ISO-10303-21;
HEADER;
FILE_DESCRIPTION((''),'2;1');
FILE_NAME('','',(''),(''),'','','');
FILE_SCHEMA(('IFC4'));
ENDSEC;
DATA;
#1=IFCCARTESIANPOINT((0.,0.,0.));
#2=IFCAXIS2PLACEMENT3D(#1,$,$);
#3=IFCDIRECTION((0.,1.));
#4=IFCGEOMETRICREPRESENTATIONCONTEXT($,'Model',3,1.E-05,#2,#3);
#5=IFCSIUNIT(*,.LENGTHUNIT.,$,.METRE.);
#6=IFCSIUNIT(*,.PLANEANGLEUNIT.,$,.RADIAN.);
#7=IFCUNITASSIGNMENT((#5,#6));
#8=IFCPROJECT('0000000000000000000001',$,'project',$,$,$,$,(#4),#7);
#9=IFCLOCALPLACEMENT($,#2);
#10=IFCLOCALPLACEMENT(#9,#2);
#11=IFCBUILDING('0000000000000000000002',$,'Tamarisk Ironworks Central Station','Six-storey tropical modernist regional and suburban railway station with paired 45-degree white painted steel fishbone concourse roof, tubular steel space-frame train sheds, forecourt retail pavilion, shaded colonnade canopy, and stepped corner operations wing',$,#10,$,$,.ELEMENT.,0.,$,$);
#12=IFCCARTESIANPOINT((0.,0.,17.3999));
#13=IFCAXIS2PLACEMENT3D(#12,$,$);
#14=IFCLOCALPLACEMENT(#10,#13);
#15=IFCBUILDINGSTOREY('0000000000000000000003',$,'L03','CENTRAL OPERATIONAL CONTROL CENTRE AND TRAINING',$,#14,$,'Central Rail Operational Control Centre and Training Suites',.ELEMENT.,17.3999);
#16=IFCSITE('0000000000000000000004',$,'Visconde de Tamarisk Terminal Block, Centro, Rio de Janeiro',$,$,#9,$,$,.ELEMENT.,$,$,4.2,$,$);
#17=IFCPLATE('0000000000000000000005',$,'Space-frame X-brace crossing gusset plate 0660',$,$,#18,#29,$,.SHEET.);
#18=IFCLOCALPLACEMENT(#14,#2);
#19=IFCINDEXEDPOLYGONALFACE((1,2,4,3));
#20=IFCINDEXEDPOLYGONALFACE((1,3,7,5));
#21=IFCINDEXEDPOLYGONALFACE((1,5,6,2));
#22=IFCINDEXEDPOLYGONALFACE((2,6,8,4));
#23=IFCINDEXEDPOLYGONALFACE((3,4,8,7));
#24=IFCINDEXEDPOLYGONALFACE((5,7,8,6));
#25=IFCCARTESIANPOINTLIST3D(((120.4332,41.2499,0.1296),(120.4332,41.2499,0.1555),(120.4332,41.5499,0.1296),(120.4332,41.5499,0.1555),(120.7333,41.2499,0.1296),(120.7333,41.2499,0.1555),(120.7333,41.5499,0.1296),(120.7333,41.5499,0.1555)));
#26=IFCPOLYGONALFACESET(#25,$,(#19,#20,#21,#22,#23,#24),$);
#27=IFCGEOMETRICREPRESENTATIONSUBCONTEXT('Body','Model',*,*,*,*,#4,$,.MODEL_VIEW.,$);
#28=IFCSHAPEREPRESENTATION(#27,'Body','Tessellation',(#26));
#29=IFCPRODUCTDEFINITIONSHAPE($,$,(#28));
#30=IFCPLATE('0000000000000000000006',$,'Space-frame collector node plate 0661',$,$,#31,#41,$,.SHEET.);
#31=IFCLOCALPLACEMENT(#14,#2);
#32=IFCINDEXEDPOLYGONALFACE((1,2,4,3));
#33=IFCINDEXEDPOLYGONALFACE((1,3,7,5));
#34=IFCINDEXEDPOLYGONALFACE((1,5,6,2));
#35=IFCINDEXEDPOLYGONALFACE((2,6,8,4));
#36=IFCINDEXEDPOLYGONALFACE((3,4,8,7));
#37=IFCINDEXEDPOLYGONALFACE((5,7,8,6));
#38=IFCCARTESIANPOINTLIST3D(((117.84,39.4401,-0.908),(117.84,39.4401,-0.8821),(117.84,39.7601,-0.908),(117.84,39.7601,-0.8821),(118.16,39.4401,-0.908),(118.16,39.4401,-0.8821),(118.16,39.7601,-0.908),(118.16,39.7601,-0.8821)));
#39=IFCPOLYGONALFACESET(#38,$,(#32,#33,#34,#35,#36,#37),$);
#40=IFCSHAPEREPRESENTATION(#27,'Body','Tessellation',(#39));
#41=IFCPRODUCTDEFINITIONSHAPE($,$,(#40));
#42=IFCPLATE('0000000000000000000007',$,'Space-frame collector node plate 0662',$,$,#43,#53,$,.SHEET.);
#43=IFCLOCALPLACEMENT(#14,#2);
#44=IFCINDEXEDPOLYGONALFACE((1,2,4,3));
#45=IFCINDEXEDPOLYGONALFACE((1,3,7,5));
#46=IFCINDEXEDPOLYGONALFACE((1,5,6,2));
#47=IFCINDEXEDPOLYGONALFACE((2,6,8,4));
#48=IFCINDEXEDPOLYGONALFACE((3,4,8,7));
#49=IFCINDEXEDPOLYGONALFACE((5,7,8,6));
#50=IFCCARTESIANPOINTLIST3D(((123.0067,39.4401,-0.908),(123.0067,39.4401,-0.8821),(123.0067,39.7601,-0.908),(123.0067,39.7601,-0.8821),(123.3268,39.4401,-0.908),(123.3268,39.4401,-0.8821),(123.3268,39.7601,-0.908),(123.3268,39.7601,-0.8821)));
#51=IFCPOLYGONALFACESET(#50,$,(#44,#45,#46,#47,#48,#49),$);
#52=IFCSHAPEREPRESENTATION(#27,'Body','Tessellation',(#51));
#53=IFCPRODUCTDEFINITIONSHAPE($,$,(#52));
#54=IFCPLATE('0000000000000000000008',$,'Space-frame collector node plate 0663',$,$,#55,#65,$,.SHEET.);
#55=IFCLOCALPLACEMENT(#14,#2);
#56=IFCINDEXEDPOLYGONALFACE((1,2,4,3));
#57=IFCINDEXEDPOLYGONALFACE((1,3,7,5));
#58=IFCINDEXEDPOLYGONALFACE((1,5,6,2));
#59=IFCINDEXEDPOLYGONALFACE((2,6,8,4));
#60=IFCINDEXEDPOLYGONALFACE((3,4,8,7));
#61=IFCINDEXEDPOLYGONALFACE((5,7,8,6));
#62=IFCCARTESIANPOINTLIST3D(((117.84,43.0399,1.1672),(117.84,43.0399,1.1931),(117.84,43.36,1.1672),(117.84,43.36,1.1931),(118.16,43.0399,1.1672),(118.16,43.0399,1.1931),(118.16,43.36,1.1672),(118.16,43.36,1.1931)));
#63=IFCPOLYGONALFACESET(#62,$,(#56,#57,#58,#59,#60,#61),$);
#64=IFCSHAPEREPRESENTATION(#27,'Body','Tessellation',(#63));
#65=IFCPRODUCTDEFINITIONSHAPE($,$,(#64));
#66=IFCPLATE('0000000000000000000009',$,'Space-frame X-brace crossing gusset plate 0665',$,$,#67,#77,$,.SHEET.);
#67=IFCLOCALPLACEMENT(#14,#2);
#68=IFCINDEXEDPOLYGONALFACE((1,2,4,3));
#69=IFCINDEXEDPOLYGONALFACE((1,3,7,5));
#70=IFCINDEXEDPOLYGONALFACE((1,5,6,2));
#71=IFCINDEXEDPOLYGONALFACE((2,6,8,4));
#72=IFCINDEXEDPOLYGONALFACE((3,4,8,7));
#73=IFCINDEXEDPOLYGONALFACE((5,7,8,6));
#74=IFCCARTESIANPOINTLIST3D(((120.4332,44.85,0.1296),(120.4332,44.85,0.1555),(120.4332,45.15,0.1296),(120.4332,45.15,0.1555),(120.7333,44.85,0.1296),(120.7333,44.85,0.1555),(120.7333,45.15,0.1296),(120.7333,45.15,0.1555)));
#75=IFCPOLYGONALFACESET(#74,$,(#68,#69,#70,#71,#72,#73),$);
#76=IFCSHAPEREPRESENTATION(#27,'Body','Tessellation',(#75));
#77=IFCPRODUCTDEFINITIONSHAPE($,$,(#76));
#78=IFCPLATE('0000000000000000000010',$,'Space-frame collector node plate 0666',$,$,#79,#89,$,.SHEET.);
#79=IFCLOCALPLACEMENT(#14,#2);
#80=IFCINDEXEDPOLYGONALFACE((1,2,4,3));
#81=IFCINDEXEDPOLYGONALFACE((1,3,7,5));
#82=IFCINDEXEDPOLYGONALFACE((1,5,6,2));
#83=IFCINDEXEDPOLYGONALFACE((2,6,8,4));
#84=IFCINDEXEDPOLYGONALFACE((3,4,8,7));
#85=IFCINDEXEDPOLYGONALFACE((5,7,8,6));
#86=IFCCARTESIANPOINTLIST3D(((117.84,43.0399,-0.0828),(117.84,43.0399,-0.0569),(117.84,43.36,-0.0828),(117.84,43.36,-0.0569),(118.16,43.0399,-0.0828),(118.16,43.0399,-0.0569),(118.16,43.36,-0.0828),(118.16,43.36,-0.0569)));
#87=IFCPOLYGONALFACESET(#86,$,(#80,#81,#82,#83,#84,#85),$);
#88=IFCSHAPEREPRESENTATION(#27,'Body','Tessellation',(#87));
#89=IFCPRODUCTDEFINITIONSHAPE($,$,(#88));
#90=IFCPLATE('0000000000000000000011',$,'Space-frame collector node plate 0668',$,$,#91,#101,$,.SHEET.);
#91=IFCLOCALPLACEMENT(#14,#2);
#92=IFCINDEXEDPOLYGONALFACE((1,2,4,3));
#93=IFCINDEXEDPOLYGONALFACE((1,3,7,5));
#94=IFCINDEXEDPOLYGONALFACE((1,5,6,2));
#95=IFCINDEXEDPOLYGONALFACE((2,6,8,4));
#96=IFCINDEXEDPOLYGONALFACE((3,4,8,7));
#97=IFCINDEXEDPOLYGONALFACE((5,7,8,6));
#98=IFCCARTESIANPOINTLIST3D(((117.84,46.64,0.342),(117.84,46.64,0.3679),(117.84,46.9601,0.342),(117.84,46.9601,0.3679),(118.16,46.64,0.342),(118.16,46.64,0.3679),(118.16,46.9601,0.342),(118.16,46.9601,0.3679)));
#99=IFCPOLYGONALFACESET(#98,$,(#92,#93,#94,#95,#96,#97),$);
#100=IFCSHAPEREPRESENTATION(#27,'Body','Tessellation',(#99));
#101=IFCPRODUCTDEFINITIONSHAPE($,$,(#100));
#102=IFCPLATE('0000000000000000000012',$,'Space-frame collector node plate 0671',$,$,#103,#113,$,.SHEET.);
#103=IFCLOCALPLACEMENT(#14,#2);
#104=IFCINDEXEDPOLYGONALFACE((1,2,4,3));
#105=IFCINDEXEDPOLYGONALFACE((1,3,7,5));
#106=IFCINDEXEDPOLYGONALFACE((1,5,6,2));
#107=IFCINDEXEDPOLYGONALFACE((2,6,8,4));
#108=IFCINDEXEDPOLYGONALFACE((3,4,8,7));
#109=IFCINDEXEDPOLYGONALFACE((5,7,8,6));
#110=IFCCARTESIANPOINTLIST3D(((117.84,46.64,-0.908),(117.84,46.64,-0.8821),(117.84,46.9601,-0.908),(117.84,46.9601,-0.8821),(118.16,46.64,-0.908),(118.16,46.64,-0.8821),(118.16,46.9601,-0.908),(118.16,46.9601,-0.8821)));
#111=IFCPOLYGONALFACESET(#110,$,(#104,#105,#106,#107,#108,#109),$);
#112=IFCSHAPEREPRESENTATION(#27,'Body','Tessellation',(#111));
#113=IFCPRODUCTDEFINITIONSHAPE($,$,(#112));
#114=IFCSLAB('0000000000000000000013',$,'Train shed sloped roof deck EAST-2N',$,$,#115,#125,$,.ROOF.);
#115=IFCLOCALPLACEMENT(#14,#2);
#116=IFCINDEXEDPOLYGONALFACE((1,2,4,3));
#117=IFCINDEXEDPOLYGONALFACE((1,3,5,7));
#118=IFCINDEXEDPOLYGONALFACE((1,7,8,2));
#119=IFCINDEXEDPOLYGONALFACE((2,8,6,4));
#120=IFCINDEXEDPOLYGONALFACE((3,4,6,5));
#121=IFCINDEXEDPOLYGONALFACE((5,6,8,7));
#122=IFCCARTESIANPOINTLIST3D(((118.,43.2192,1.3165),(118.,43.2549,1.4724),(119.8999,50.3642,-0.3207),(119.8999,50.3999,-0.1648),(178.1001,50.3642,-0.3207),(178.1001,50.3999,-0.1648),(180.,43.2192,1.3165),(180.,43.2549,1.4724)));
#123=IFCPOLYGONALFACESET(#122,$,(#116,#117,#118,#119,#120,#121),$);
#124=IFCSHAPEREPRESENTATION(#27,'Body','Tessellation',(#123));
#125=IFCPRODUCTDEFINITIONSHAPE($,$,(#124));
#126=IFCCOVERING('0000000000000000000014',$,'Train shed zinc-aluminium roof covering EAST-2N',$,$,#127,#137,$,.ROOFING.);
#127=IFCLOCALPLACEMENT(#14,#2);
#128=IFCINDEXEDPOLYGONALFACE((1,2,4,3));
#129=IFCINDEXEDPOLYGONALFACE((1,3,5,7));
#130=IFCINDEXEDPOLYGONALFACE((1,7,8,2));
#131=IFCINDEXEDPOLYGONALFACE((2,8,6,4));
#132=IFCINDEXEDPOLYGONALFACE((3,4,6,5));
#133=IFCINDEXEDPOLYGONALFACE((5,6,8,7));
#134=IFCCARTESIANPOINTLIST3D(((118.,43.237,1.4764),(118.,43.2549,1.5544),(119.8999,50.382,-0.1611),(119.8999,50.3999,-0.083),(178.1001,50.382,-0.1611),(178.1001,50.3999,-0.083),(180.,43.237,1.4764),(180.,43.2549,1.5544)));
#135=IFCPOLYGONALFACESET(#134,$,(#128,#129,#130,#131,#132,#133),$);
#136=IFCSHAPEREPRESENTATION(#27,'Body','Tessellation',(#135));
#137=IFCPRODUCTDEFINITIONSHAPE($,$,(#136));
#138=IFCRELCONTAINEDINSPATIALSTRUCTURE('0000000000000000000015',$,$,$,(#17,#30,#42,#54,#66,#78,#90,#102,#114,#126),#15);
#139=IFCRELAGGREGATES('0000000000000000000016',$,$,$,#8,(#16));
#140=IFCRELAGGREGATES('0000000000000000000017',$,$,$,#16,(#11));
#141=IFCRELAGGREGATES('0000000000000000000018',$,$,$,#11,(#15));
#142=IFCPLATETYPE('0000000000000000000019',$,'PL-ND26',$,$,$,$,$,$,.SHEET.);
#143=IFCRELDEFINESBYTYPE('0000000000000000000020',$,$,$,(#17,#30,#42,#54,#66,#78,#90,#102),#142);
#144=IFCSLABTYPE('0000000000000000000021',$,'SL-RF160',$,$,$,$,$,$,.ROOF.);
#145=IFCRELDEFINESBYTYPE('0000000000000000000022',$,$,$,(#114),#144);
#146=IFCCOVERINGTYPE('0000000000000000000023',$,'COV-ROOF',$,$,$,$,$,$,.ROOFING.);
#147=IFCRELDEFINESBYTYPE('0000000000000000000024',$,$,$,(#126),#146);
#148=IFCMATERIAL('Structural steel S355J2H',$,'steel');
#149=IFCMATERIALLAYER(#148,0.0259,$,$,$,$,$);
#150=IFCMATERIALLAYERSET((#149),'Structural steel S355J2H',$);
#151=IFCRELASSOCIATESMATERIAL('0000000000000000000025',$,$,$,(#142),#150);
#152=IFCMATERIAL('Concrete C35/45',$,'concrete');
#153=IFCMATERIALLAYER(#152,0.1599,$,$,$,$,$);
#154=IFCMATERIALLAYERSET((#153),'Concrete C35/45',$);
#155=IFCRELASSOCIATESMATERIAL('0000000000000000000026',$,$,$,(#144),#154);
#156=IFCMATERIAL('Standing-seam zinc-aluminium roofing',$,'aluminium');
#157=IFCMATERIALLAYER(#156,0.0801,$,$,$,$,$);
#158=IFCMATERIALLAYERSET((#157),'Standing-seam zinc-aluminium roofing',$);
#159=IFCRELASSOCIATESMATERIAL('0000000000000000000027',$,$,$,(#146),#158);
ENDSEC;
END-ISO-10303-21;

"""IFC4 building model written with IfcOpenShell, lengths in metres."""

from ifc_helpers import new_model, si_unit, direction, frame, origin, origin_2d, place, context, subcontext, project, spatial, polyline, rectangle, outline, extrude, material, layer, layer_set, type_object, element, save


model = new_model("IFC4")

# Units and contexts
model_context = context("Model", 3, precision=1e-05, world=origin(), true_north=direction((0.0, 1.0)))
body_context = subcontext(model_context, "Body", "Model", "MODEL_VIEW")
ifc_project = project(units=[si_unit("LENGTHUNIT", "METRE"), si_unit("PLANEANGLEUNIT", "RADIAN")], contexts=[model_context])

# Site, building, storey
site_placement = place(None, origin())
site = spatial("IfcSite", under=ifc_project, at=site_placement, Name="Visconde de Tamarisk Terminal Block, Centro, Rio de Janeiro", CompositionType="ELEMENT", RefElevation=4.2)
building_placement = place(site_placement, origin())
building = spatial("IfcBuilding", under=site, at=building_placement, Name="Tamarisk Ironworks Central Station", Description="Six-storey tropical modernist regional and suburban railway station with paired 45-degree white painted steel fishbone concourse roof, tubular steel space-frame train sheds, forecourt retail pavilion, shaded colonnade canopy, and stepped corner operations wing", CompositionType="ELEMENT", ElevationOfRefHeight=0.0)
storey_placement = place(building_placement, frame((0.0, 0.0, 17.3999)))
storey = spatial("IfcBuildingStorey", under=building, at=storey_placement, Name="L03", Description="CENTRAL OPERATIONAL CONTROL CENTRE AND TRAINING", LongName="Central Rail Operational Control Centre and Training Suites", CompositionType="ELEMENT", Elevation=17.3999)

# Shared definitions
ifc_material_1 = material(Name="Structural steel S355J2H", Category="steel")

# Plates
ifc_layer_1 = layer(ifc_material_1, 0.0259)
ifc_layer_set_1 = layer_set([ifc_layer_1], Name="Structural steel S355J2H")
plate_type = type_object("IfcPlateType", Name="PL-ND26", PredefinedType="SHEET", material=ifc_layer_set_1)
plate_1_placement = place(storey_placement, frame((120.5833, 41.3999, 0.1296), z_axis=(0.0, 0.0, 1.0), x_axis=(1.0, 0.0, 0.0)))
element("IfcPlate", 1, at=plate_1_placement, inside=storey, type_object=plate_type, Name="Space-frame X-brace crossing gusset plate 0660", PredefinedType="SHEET", context=body_context, shape_type="SweptSolid", body=[
    extrude(rectangle(XDim=0.3, YDim=0.3, at=origin_2d()), origin(), (0.0, 0.0, 1.0), 0.0259),
])
for number, where, z_axis, x_axis, name in (
    (2, (118.0, 39.6001, -0.908), (0.0, 0.0, 1.0), (1.0, 0.0, 0.0), "Space-frame collector node plate 0661"),
    (3, (123.1667, 39.6001, -0.908), (0.0, 0.0, 1.0), (1.0, 0.0, 0.0), "Space-frame collector node plate 0662"),
    (4, (118.0, 43.2, 1.1672), (0.0, 0.0, 1.0), (1.0, 0.0, 0.0), "Space-frame collector node plate 0663"),
):
    element("IfcPlate", number, at=place(storey_placement, frame(where, z_axis=z_axis, x_axis=x_axis)), inside=storey, type_object=plate_type, Name=name, PredefinedType="SHEET", context=body_context, shape_type="SweptSolid", body=[
        extrude(rectangle(XDim=0.3201, YDim=0.3201, at=origin_2d()), origin(), (0.0, 0.0, 1.0), 0.0259),
    ])
plate_2_placement = place(storey_placement, frame((120.5833, 45.0, 0.1296), z_axis=(0.0, 0.0, 1.0), x_axis=(1.0, 0.0, 0.0)))
element("IfcPlate", 5, at=plate_2_placement, inside=storey, type_object=plate_type, Name="Space-frame X-brace crossing gusset plate 0665", PredefinedType="SHEET", context=body_context, shape_type="SweptSolid", body=[
    extrude(rectangle(XDim=0.3, YDim=0.3, at=origin_2d()), origin(), (0.0, 0.0, 1.0), 0.0259),
])
for number, where, z_axis, x_axis, name in (
    (6, (118.0, 43.2, -0.0828), (0.0, 0.0, 1.0), (1.0, 0.0, 0.0), "Space-frame collector node plate 0666"),
    (7, (118.0, 46.8, 0.342), (0.0, 0.0, 1.0), (1.0, 0.0, 0.0), "Space-frame collector node plate 0668"),
    (8, (118.0, 46.8, -0.908), (0.0, 0.0, 1.0), (1.0, 0.0, 0.0), "Space-frame collector node plate 0671"),
):
    element("IfcPlate", number, at=place(storey_placement, frame(where, z_axis=z_axis, x_axis=x_axis)), inside=storey, type_object=plate_type, Name=name, PredefinedType="SHEET", context=body_context, shape_type="SweptSolid", body=[
        extrude(rectangle(XDim=0.3201, YDim=0.3201, at=origin_2d()), origin(), (0.0, 0.0, 1.0), 0.0259),
    ])

# Slab
ifc_material_2 = material(Name="Concrete C35/45", Category="concrete")
ifc_layer_2 = layer(ifc_material_2, 0.1599)
ifc_layer_set_2 = layer_set([ifc_layer_2], Name="Concrete C35/45")
slab_type = type_object("IfcSlabType", Name="SL-RF160", PredefinedType="ROOF", material=ifc_layer_set_2)
slab_placement = place(storey_placement, frame((118.0, 43.2549, 1.4724), z_axis=(0.0, 0.223351, 0.974738), x_axis=(1.0, 0.0, 0.0)))
element("IfcSlab", 9, at=slab_placement, inside=storey, type_object=slab_type, Name="Train shed sloped roof deck EAST-2N", PredefinedType="ROOF", context=body_context, shape_type="SweptSolid", body=[
    extrude(outline(polyline([(0.0, 0.0), (62.0, 0.0), (60.1001, 7.3302), (1.8999, 7.3302), (0.0, 0.0)])), origin(), (0.0, 0.0, -1.0), 0.1599),
])

# Covering
ifc_material_3 = material(Name="Standing-seam zinc-aluminium roofing", Category="aluminium")
ifc_layer_3 = layer(ifc_material_3, 0.0801)
ifc_layer_set_3 = layer_set([ifc_layer_3], Name="Standing-seam zinc-aluminium roofing")
covering_type = type_object("IfcCoveringType", Name="COV-ROOF", PredefinedType="ROOFING", material=ifc_layer_set_3)
covering_placement = place(storey_placement, frame((118.0, 43.2549, 1.5544), z_axis=(0.0, 0.223383, 0.974731), x_axis=(1.0, 0.0, 0.0)))
element("IfcCovering", 10, at=covering_placement, inside=storey, type_object=covering_type, Name="Train shed zinc-aluminium roof covering EAST-2N", PredefinedType="ROOFING", context=body_context, shape_type="SweptSolid", body=[
    extrude(outline(polyline([(0.0, 0.0), (62.0, 0.0), (60.1001, 7.3302), (1.8999, 7.3302), (0.0, 0.0)])), origin(), (0.0, 0.0, -1.0), 0.0801),
])

save(model, "model.ifc")
